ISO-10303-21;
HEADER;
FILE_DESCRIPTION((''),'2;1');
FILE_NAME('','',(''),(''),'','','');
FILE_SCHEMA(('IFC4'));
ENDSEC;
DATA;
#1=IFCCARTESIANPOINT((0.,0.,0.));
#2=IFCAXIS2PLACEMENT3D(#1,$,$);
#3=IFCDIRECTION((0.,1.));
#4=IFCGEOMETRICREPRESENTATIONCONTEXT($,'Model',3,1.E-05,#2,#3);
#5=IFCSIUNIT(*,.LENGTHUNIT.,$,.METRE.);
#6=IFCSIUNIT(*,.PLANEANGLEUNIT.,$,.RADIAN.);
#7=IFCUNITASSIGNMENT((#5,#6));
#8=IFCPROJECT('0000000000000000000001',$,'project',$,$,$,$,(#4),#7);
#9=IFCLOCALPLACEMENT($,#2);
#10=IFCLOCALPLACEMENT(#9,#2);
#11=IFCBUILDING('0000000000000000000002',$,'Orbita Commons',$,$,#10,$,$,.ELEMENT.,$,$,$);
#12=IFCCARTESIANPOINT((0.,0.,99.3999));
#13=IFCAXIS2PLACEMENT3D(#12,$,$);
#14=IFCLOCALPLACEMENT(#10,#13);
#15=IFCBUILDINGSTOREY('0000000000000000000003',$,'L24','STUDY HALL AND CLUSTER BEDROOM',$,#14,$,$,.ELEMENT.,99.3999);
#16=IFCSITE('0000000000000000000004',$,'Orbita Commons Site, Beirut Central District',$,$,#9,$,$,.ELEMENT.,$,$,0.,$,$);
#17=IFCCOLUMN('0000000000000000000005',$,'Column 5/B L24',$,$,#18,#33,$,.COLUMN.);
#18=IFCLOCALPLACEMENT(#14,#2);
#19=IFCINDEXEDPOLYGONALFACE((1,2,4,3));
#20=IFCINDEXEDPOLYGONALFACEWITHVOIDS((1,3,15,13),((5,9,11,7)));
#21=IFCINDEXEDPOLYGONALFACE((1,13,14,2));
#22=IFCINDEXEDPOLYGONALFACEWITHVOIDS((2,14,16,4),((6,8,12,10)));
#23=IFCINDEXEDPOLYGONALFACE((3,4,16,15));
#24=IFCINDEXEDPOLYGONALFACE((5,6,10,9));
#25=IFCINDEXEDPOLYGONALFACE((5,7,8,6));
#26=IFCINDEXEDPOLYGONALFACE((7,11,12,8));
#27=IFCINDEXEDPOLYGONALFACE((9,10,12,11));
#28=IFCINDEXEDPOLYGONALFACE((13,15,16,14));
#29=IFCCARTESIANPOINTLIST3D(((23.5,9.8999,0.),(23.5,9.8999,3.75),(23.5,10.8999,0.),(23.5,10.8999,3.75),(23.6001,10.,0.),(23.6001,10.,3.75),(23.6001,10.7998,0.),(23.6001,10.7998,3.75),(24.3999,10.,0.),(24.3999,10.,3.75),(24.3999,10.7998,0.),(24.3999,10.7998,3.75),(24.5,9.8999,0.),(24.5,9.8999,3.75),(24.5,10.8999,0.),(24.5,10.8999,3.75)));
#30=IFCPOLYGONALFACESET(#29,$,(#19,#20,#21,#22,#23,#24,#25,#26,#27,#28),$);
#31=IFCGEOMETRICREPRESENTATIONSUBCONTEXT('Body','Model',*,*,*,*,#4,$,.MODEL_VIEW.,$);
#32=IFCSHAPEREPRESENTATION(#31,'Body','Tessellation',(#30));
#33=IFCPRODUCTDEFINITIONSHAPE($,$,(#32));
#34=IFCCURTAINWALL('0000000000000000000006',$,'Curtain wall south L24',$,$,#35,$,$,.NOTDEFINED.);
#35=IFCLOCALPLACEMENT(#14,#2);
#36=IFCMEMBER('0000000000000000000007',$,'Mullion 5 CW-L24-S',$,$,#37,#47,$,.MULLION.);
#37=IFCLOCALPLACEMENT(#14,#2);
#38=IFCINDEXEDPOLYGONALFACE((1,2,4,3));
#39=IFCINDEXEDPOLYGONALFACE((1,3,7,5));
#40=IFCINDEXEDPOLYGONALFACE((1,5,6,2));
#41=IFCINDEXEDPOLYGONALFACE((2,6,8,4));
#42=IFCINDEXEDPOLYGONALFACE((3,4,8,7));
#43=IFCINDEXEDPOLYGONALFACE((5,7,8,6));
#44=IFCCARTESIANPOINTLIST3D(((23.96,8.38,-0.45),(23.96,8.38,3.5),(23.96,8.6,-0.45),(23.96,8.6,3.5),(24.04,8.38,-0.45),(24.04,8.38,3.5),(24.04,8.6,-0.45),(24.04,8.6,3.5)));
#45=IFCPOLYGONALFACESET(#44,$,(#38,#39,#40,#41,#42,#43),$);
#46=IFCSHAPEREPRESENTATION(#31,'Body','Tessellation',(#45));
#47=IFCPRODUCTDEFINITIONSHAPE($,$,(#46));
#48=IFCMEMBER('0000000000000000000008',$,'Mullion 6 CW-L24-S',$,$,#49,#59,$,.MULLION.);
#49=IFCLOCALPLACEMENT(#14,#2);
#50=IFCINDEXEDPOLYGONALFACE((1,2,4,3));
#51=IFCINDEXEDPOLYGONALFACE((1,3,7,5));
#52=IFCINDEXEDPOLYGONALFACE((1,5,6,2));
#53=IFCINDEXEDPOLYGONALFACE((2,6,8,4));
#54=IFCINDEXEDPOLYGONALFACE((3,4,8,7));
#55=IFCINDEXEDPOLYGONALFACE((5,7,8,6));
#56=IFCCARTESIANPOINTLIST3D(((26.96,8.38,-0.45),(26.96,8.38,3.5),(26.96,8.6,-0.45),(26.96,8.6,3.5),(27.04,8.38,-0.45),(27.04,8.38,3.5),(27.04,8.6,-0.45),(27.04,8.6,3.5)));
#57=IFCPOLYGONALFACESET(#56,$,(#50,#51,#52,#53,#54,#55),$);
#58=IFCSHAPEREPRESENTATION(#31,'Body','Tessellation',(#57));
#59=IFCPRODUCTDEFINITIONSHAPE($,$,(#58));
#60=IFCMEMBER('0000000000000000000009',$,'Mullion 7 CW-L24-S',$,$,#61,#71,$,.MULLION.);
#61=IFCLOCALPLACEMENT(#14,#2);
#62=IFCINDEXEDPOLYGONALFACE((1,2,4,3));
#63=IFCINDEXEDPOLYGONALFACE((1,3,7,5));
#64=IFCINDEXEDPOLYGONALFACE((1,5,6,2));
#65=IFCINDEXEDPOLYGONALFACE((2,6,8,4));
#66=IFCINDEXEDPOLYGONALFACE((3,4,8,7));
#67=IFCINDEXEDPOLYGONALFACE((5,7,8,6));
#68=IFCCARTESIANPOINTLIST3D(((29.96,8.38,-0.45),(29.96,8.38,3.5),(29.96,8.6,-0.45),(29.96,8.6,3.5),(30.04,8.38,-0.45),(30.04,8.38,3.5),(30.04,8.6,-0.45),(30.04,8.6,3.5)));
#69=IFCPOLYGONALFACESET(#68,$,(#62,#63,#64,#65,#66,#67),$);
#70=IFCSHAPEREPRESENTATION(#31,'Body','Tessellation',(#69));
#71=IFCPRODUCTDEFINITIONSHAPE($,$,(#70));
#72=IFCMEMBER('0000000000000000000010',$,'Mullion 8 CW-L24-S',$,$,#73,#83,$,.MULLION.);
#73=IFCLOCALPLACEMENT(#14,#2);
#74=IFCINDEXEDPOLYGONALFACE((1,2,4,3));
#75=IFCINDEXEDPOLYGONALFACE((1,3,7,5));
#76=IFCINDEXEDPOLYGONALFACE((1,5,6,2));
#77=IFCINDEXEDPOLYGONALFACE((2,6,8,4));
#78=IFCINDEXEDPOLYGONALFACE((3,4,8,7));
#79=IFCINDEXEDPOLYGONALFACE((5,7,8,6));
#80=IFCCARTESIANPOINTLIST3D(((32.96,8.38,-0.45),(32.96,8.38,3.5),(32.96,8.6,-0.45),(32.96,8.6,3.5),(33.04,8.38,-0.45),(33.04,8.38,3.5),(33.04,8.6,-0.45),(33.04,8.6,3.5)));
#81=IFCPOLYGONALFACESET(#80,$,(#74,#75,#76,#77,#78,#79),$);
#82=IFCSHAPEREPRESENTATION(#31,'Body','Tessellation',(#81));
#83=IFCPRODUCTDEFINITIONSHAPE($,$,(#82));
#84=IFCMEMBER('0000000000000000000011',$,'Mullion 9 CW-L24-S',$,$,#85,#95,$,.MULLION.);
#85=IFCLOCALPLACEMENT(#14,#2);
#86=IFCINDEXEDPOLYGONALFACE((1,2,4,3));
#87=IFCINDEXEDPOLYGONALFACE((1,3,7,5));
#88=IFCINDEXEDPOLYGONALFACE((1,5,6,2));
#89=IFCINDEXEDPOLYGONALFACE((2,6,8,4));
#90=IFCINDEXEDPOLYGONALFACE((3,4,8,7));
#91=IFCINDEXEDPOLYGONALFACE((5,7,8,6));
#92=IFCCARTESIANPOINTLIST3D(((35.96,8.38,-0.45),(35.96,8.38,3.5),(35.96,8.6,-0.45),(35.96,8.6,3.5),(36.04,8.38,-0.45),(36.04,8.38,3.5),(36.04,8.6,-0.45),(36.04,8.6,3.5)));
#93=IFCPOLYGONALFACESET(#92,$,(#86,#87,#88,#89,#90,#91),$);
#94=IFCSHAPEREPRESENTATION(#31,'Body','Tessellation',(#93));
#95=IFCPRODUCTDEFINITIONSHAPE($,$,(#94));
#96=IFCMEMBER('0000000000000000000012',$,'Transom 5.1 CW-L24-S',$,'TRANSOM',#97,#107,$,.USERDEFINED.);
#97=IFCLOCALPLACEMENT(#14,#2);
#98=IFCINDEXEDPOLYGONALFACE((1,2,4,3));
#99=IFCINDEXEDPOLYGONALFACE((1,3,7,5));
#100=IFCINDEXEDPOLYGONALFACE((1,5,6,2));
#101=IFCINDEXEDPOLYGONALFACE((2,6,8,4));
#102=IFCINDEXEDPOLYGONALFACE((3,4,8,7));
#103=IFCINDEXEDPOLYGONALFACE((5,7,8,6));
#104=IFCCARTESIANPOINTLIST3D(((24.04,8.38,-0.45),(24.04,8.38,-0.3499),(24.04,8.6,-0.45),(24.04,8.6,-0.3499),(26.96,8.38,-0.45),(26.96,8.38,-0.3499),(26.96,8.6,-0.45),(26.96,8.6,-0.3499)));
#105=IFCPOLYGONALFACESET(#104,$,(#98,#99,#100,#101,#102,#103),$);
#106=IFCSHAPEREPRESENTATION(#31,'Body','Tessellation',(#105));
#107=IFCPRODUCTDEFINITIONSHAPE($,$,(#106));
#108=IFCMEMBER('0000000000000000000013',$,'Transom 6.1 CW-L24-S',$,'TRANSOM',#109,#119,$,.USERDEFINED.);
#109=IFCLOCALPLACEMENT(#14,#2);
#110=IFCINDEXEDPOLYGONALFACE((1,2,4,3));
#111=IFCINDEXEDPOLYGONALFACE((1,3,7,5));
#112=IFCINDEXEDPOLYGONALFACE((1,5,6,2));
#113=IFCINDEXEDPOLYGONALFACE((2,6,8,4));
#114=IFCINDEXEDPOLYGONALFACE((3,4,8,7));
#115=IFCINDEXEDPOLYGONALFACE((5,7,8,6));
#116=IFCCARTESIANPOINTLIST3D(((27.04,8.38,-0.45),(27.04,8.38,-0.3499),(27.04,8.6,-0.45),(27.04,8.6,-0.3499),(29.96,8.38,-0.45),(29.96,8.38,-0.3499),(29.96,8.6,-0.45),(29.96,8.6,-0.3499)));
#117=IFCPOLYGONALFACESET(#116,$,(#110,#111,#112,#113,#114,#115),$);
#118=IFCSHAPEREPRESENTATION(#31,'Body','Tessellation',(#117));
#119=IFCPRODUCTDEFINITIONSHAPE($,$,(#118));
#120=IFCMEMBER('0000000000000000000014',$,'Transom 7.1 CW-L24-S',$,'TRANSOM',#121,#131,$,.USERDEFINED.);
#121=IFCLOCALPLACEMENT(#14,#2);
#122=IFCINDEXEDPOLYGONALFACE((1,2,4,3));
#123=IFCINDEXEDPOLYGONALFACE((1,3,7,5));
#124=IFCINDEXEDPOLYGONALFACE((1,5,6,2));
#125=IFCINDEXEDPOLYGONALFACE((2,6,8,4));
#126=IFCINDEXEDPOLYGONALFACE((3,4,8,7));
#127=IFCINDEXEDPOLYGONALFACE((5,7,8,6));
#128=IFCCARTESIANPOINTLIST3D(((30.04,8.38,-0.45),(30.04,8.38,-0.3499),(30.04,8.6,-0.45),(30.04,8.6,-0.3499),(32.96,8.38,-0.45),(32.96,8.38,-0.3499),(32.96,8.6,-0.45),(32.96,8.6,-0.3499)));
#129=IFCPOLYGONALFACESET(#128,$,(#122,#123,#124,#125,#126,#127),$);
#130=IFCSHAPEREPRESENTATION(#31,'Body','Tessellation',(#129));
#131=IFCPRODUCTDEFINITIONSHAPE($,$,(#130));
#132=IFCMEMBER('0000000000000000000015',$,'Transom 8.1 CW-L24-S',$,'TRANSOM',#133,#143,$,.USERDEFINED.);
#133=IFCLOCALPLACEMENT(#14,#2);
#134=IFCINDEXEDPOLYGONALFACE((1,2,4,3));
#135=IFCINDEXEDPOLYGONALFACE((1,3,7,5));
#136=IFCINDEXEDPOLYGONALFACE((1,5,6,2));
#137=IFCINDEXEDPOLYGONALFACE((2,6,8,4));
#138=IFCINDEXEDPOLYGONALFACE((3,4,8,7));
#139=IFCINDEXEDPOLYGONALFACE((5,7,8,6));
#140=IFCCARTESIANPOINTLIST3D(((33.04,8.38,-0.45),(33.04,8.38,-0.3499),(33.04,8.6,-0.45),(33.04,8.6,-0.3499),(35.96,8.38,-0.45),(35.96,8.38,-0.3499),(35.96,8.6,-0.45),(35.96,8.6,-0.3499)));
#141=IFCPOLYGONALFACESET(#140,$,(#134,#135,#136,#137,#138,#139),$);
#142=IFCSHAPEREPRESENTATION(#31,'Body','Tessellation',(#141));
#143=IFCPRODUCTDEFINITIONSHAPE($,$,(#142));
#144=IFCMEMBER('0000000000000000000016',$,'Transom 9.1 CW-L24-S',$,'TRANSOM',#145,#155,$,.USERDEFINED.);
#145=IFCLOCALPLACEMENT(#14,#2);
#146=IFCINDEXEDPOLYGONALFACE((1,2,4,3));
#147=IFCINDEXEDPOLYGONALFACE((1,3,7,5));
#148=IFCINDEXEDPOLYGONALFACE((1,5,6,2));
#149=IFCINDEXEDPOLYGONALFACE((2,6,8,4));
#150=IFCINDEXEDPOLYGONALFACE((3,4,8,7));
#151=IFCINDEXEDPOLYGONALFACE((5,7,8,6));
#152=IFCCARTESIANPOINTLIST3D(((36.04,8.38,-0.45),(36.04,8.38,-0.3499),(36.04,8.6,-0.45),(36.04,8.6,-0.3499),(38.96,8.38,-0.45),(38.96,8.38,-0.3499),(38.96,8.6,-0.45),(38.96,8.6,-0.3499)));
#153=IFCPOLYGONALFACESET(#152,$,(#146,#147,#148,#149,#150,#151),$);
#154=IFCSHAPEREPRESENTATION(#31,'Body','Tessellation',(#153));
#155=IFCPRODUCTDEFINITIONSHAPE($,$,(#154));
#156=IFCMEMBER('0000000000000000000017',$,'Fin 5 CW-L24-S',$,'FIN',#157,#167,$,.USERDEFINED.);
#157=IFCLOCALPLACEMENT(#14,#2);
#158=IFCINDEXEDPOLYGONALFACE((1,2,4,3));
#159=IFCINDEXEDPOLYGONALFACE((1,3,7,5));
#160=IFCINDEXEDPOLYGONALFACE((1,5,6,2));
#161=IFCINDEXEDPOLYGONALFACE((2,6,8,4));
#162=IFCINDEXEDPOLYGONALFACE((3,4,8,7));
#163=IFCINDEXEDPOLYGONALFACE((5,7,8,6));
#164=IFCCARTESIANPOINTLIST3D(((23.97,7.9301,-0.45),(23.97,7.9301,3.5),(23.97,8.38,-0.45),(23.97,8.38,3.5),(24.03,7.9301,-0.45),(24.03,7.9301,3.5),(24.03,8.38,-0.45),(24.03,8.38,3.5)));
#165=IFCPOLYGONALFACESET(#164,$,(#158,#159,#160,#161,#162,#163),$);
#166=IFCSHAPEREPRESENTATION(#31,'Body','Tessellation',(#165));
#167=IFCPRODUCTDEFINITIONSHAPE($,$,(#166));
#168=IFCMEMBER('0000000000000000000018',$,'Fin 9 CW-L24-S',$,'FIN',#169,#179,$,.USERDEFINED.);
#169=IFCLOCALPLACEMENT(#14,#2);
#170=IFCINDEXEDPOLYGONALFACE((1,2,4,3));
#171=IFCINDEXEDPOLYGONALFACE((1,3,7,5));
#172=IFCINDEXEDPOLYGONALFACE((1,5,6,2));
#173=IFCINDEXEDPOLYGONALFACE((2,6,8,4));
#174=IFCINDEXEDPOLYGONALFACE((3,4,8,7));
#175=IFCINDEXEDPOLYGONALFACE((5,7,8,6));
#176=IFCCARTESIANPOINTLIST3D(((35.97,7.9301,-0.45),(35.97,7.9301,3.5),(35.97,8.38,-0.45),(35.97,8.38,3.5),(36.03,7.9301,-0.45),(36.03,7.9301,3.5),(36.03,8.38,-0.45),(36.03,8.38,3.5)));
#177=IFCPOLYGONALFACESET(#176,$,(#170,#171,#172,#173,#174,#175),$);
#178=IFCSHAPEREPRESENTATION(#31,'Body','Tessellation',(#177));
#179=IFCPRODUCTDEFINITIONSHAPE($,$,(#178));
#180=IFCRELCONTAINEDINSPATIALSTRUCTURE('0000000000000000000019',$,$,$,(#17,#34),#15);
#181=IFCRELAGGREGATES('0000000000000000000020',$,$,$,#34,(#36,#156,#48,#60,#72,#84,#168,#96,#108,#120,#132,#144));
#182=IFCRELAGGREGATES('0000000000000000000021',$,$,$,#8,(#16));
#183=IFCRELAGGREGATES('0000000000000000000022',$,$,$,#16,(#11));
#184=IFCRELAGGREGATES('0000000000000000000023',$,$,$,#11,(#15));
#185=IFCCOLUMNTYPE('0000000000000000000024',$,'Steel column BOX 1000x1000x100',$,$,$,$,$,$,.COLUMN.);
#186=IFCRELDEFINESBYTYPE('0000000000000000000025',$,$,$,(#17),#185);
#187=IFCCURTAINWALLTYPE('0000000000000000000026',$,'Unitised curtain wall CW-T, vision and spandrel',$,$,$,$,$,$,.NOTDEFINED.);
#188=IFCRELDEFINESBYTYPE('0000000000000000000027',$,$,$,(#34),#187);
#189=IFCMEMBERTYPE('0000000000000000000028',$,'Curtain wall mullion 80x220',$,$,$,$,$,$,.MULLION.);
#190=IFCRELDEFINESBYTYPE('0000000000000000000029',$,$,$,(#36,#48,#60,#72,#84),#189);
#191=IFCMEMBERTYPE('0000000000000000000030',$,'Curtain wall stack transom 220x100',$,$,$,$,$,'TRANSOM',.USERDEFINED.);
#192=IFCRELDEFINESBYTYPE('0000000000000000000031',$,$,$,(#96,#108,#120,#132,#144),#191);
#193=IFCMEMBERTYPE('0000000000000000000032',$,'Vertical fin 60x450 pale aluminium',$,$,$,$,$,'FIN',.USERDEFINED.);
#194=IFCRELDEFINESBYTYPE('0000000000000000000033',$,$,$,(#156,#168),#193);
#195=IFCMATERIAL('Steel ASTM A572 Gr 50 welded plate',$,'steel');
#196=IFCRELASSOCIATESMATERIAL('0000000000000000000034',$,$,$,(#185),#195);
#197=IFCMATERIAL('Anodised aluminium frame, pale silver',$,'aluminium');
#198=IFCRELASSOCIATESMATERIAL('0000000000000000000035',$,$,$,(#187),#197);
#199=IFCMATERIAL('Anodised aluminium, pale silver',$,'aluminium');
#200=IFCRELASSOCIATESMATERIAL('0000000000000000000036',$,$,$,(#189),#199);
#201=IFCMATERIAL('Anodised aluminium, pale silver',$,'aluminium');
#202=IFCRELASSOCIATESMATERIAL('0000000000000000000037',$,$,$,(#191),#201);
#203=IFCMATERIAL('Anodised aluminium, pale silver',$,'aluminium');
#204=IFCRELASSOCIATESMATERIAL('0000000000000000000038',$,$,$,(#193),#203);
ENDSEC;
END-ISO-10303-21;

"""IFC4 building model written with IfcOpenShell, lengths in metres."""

from ifc_helpers import new_model, si_unit, direction, frame, origin, origin_2d, place, context, subcontext, project, spatial, rectangle, hollow_rectangle, extrude, material, material_profile, profile_set, type_object, element, aggregate, save


model = new_model("IFC4")

# Units and contexts
model_context = context("Model", 3, precision=1e-05, world=origin(), true_north=direction((0.0, 1.0)))
body_context = subcontext(model_context, "Body", "Model", "MODEL_VIEW")
ifc_project = project(units=[si_unit("LENGTHUNIT", "METRE"), si_unit("PLANEANGLEUNIT", "RADIAN")], contexts=[model_context])

# Site, building, storey
site_placement = place(None, origin())
site = spatial("IfcSite", under=ifc_project, at=site_placement, Name="Orbita Commons Site, Beirut Central District", CompositionType="ELEMENT", RefElevation=0.0)
building_placement = place(site_placement, origin())
building = spatial("IfcBuilding", under=site, at=building_placement, Name="Orbita Commons", CompositionType="ELEMENT")
storey_placement = place(building_placement, frame((0.0, 0.0, 99.3999)))
storey = spatial("IfcBuildingStorey", under=building, at=storey_placement, Name="L24", Description="STUDY HALL AND CLUSTER BEDROOM", CompositionType="ELEMENT", Elevation=99.3999)

# Column
ifc_material_1 = material(Name="Steel ASTM A572 Gr 50 welded plate", Category="steel")
ifc_material_profile_1 = material_profile(ifc_material_1, hollow_rectangle(XDim=1.0, YDim=1.0, WallThickness=0.1001, at=origin_2d()), Name="BOX 1000x1000x100")
ifc_profile_set_1 = profile_set([ifc_material_profile_1], Name="Steel ASTM A572 Gr 50 welded plate")
column_type = type_object("IfcColumnType", Name="Steel column BOX 1000x1000x100", PredefinedType="COLUMN", material=ifc_profile_set_1)
column_placement = place(storey_placement, frame((24.0, 10.3999, 0.0), z_axis=(0.0, 0.0, 1.0), x_axis=(1.0, 0.0, 0.0)))
element("IfcColumn", 1, at=column_placement, inside=storey, type_object=column_type, Name="Column 5/B L24", PredefinedType="COLUMN", context=body_context, shape_type="SweptSolid", body=[
    extrude(hollow_rectangle(XDim=1.0, YDim=1.0, WallThickness=0.1001, at=origin_2d()), origin(), (0.0, 0.0, 1.0), 3.75),
])

# Curtain wall, members
ifc_material_2 = material(Name="Anodised aluminium frame, pale silver", Category="aluminium")
curtain_wall_type = type_object("IfcCurtainWallType", Name="Unitised curtain wall CW-T, vision and spandrel", PredefinedType="NOTDEFINED", material=ifc_material_2)
curtain_wall_placement = place(storey_placement, origin())
curtain_wall = element("IfcCurtainWall", 2, at=curtain_wall_placement, inside=storey, type_object=curtain_wall_type, Name="Curtain wall south L24", PredefinedType="NOTDEFINED")
ifc_material_3 = material(Name="Anodised aluminium, pale silver", Category="aluminium")
ifc_material_profile_2 = material_profile(ifc_material_3, rectangle(XDim=0.0801, YDim=0.22, at=origin_2d()), Name="AL 80x220")
ifc_profile_set_2 = profile_set([ifc_material_profile_2], Name="Anodised aluminium, pale silver")
member_type_1 = type_object("IfcMemberType", Name="Curtain wall mullion 80x220", PredefinedType="MULLION", material=ifc_profile_set_2)
member_1_placement = place(storey_placement, frame((24.0, 8.49, -0.45), z_axis=(0.0, 0.0, 1.0), x_axis=(1.0, 0.0, 0.0)))
member_1 = element("IfcMember", 3, at=member_1_placement, type_object=member_type_1, Name="Mullion 5 CW-L24-S", PredefinedType="MULLION", context=body_context, shape_type="SweptSolid", body=[
    extrude(rectangle(XDim=0.0801, YDim=0.22, at=origin_2d()), origin(), (0.0, 0.0, 1.0), 3.95),
])
member_2_placement = place(storey_placement, frame((27.0, 8.49, -0.45), z_axis=(0.0, 0.0, 1.0), x_axis=(1.0, 0.0, 0.0)))
member_2 = element("IfcMember", 4, at=member_2_placement, type_object=member_type_1, Name="Mullion 6 CW-L24-S", PredefinedType="MULLION", context=body_context, shape_type="SweptSolid", body=[
    extrude(rectangle(XDim=0.0801, YDim=0.22, at=origin_2d()), origin(), (0.0, 0.0, 1.0), 3.95),
])
member_3_placement = place(storey_placement, frame((30.0, 8.49, -0.45), z_axis=(0.0, 0.0, 1.0), x_axis=(1.0, 0.0, 0.0)))
member_3 = element("IfcMember", 5, at=member_3_placement, type_object=member_type_1, Name="Mullion 7 CW-L24-S", PredefinedType="MULLION", context=body_context, shape_type="SweptSolid", body=[
    extrude(rectangle(XDim=0.0801, YDim=0.22, at=origin_2d()), origin(), (0.0, 0.0, 1.0), 3.95),
])
member_4_placement = place(storey_placement, frame((33.0, 8.49, -0.45), z_axis=(0.0, 0.0, 1.0), x_axis=(1.0, 0.0, 0.0)))
member_4 = element("IfcMember", 6, at=member_4_placement, type_object=member_type_1, Name="Mullion 8 CW-L24-S", PredefinedType="MULLION", context=body_context, shape_type="SweptSolid", body=[
    extrude(rectangle(XDim=0.0801, YDim=0.22, at=origin_2d()), origin(), (0.0, 0.0, 1.0), 3.95),
])
member_5_placement = place(storey_placement, frame((36.0, 8.49, -0.45), z_axis=(0.0, 0.0, 1.0), x_axis=(1.0, 0.0, 0.0)))
member_5 = element("IfcMember", 7, at=member_5_placement, type_object=member_type_1, Name="Mullion 9 CW-L24-S", PredefinedType="MULLION", context=body_context, shape_type="SweptSolid", body=[
    extrude(rectangle(XDim=0.0801, YDim=0.22, at=origin_2d()), origin(), (0.0, 0.0, 1.0), 3.95),
])
ifc_material_4 = material(Name="Anodised aluminium, pale silver", Category="aluminium")
ifc_material_profile_3 = material_profile(ifc_material_4, rectangle(XDim=0.22, YDim=0.1001, at=origin_2d()), Name="AL 220x100")
ifc_profile_set_3 = profile_set([ifc_material_profile_3], Name="Anodised aluminium, pale silver")
member_type_2 = type_object("IfcMemberType", Name="Curtain wall stack transom 220x100", ElementType="TRANSOM", PredefinedType="USERDEFINED", material=ifc_profile_set_3)
member_6_placement = place(storey_placement, frame((24.04, 8.49, -0.3999), z_axis=(1.0, 0.0, 0.0), x_axis=(0.0, 1.0, 0.0)))
member_6 = element("IfcMember", 8, at=member_6_placement, type_object=member_type_2, Name="Transom 5.1 CW-L24-S", ObjectType="TRANSOM", PredefinedType="USERDEFINED", context=body_context, shape_type="SweptSolid", body=[
    extrude(rectangle(XDim=0.22, YDim=0.1001, at=origin_2d()), origin(), (0.0, 0.0, 1.0), 2.9199),
])
member_7_placement = place(storey_placement, frame((27.04, 8.49, -0.3999), z_axis=(1.0, 0.0, 0.0), x_axis=(0.0, 1.0, 0.0)))
member_7 = element("IfcMember", 9, at=member_7_placement, type_object=member_type_2, Name="Transom 6.1 CW-L24-S", ObjectType="TRANSOM", PredefinedType="USERDEFINED", context=body_context, shape_type="SweptSolid", body=[
    extrude(rectangle(XDim=0.22, YDim=0.1001, at=origin_2d()), origin(), (0.0, 0.0, 1.0), 2.9199),
])
member_8_placement = place(storey_placement, frame((30.04, 8.49, -0.3999), z_axis=(1.0, 0.0, 0.0), x_axis=(0.0, 1.0, 0.0)))
member_8 = element("IfcMember", 10, at=member_8_placement, type_object=member_type_2, Name="Transom 7.1 CW-L24-S", ObjectType="TRANSOM", PredefinedType="USERDEFINED", context=body_context, shape_type="SweptSolid", body=[
    extrude(rectangle(XDim=0.22, YDim=0.1001, at=origin_2d()), origin(), (0.0, 0.0, 1.0), 2.9199),
])
member_9_placement = place(storey_placement, frame((33.04, 8.49, -0.3999), z_axis=(1.0, 0.0, 0.0), x_axis=(0.0, 1.0, 0.0)))
member_9 = element("IfcMember", 11, at=member_9_placement, type_object=member_type_2, Name="Transom 8.1 CW-L24-S", ObjectType="TRANSOM", PredefinedType="USERDEFINED", context=body_context, shape_type="SweptSolid", body=[
    extrude(rectangle(XDim=0.22, YDim=0.1001, at=origin_2d()), origin(), (0.0, 0.0, 1.0), 2.9199),
])
member_10_placement = place(storey_placement, frame((36.04, 8.49, -0.3999), z_axis=(1.0, 0.0, 0.0), x_axis=(0.0, 1.0, 0.0)))
member_10 = element("IfcMember", 12, at=member_10_placement, type_object=member_type_2, Name="Transom 9.1 CW-L24-S", ObjectType="TRANSOM", PredefinedType="USERDEFINED", context=body_context, shape_type="SweptSolid", body=[
    extrude(rectangle(XDim=0.22, YDim=0.1001, at=origin_2d()), origin(), (0.0, 0.0, 1.0), 2.9199),
])
ifc_material_5 = material(Name="Anodised aluminium, pale silver", Category="aluminium")
ifc_material_profile_4 = material_profile(ifc_material_5, rectangle(XDim=0.0601, YDim=0.45, at=origin_2d()), Name="FIN 60x450")
ifc_profile_set_4 = profile_set([ifc_material_profile_4], Name="Anodised aluminium, pale silver")
member_type_3 = type_object("IfcMemberType", Name="Vertical fin 60x450 pale aluminium", ElementType="FIN", PredefinedType="USERDEFINED", material=ifc_profile_set_4)
member_11_placement = place(storey_placement, frame((24.0, 8.155, -0.45), z_axis=(0.0, 0.0, 1.0), x_axis=(1.0, 0.0, 0.0)))
member_11 = element("IfcMember", 13, at=member_11_placement, type_object=member_type_3, Name="Fin 5 CW-L24-S", ObjectType="FIN", PredefinedType="USERDEFINED", context=body_context, shape_type="SweptSolid", body=[
    extrude(rectangle(XDim=0.0601, YDim=0.45, at=origin_2d()), origin(), (0.0, 0.0, 1.0), 3.95),
])
member_12_placement = place(storey_placement, frame((36.0, 8.155, -0.45), z_axis=(0.0, 0.0, 1.0), x_axis=(1.0, 0.0, 0.0)))
member_12 = element("IfcMember", 14, at=member_12_placement, type_object=member_type_3, Name="Fin 9 CW-L24-S", ObjectType="FIN", PredefinedType="USERDEFINED", context=body_context, shape_type="SweptSolid", body=[
    extrude(rectangle(XDim=0.0601, YDim=0.45, at=origin_2d()), origin(), (0.0, 0.0, 1.0), 3.95),
])
aggregate(curtain_wall, [member_1, member_11, member_2, member_3, member_4, member_5, member_12, member_6, member_7, member_8, member_9, member_10])

save(model, "model.ifc")
